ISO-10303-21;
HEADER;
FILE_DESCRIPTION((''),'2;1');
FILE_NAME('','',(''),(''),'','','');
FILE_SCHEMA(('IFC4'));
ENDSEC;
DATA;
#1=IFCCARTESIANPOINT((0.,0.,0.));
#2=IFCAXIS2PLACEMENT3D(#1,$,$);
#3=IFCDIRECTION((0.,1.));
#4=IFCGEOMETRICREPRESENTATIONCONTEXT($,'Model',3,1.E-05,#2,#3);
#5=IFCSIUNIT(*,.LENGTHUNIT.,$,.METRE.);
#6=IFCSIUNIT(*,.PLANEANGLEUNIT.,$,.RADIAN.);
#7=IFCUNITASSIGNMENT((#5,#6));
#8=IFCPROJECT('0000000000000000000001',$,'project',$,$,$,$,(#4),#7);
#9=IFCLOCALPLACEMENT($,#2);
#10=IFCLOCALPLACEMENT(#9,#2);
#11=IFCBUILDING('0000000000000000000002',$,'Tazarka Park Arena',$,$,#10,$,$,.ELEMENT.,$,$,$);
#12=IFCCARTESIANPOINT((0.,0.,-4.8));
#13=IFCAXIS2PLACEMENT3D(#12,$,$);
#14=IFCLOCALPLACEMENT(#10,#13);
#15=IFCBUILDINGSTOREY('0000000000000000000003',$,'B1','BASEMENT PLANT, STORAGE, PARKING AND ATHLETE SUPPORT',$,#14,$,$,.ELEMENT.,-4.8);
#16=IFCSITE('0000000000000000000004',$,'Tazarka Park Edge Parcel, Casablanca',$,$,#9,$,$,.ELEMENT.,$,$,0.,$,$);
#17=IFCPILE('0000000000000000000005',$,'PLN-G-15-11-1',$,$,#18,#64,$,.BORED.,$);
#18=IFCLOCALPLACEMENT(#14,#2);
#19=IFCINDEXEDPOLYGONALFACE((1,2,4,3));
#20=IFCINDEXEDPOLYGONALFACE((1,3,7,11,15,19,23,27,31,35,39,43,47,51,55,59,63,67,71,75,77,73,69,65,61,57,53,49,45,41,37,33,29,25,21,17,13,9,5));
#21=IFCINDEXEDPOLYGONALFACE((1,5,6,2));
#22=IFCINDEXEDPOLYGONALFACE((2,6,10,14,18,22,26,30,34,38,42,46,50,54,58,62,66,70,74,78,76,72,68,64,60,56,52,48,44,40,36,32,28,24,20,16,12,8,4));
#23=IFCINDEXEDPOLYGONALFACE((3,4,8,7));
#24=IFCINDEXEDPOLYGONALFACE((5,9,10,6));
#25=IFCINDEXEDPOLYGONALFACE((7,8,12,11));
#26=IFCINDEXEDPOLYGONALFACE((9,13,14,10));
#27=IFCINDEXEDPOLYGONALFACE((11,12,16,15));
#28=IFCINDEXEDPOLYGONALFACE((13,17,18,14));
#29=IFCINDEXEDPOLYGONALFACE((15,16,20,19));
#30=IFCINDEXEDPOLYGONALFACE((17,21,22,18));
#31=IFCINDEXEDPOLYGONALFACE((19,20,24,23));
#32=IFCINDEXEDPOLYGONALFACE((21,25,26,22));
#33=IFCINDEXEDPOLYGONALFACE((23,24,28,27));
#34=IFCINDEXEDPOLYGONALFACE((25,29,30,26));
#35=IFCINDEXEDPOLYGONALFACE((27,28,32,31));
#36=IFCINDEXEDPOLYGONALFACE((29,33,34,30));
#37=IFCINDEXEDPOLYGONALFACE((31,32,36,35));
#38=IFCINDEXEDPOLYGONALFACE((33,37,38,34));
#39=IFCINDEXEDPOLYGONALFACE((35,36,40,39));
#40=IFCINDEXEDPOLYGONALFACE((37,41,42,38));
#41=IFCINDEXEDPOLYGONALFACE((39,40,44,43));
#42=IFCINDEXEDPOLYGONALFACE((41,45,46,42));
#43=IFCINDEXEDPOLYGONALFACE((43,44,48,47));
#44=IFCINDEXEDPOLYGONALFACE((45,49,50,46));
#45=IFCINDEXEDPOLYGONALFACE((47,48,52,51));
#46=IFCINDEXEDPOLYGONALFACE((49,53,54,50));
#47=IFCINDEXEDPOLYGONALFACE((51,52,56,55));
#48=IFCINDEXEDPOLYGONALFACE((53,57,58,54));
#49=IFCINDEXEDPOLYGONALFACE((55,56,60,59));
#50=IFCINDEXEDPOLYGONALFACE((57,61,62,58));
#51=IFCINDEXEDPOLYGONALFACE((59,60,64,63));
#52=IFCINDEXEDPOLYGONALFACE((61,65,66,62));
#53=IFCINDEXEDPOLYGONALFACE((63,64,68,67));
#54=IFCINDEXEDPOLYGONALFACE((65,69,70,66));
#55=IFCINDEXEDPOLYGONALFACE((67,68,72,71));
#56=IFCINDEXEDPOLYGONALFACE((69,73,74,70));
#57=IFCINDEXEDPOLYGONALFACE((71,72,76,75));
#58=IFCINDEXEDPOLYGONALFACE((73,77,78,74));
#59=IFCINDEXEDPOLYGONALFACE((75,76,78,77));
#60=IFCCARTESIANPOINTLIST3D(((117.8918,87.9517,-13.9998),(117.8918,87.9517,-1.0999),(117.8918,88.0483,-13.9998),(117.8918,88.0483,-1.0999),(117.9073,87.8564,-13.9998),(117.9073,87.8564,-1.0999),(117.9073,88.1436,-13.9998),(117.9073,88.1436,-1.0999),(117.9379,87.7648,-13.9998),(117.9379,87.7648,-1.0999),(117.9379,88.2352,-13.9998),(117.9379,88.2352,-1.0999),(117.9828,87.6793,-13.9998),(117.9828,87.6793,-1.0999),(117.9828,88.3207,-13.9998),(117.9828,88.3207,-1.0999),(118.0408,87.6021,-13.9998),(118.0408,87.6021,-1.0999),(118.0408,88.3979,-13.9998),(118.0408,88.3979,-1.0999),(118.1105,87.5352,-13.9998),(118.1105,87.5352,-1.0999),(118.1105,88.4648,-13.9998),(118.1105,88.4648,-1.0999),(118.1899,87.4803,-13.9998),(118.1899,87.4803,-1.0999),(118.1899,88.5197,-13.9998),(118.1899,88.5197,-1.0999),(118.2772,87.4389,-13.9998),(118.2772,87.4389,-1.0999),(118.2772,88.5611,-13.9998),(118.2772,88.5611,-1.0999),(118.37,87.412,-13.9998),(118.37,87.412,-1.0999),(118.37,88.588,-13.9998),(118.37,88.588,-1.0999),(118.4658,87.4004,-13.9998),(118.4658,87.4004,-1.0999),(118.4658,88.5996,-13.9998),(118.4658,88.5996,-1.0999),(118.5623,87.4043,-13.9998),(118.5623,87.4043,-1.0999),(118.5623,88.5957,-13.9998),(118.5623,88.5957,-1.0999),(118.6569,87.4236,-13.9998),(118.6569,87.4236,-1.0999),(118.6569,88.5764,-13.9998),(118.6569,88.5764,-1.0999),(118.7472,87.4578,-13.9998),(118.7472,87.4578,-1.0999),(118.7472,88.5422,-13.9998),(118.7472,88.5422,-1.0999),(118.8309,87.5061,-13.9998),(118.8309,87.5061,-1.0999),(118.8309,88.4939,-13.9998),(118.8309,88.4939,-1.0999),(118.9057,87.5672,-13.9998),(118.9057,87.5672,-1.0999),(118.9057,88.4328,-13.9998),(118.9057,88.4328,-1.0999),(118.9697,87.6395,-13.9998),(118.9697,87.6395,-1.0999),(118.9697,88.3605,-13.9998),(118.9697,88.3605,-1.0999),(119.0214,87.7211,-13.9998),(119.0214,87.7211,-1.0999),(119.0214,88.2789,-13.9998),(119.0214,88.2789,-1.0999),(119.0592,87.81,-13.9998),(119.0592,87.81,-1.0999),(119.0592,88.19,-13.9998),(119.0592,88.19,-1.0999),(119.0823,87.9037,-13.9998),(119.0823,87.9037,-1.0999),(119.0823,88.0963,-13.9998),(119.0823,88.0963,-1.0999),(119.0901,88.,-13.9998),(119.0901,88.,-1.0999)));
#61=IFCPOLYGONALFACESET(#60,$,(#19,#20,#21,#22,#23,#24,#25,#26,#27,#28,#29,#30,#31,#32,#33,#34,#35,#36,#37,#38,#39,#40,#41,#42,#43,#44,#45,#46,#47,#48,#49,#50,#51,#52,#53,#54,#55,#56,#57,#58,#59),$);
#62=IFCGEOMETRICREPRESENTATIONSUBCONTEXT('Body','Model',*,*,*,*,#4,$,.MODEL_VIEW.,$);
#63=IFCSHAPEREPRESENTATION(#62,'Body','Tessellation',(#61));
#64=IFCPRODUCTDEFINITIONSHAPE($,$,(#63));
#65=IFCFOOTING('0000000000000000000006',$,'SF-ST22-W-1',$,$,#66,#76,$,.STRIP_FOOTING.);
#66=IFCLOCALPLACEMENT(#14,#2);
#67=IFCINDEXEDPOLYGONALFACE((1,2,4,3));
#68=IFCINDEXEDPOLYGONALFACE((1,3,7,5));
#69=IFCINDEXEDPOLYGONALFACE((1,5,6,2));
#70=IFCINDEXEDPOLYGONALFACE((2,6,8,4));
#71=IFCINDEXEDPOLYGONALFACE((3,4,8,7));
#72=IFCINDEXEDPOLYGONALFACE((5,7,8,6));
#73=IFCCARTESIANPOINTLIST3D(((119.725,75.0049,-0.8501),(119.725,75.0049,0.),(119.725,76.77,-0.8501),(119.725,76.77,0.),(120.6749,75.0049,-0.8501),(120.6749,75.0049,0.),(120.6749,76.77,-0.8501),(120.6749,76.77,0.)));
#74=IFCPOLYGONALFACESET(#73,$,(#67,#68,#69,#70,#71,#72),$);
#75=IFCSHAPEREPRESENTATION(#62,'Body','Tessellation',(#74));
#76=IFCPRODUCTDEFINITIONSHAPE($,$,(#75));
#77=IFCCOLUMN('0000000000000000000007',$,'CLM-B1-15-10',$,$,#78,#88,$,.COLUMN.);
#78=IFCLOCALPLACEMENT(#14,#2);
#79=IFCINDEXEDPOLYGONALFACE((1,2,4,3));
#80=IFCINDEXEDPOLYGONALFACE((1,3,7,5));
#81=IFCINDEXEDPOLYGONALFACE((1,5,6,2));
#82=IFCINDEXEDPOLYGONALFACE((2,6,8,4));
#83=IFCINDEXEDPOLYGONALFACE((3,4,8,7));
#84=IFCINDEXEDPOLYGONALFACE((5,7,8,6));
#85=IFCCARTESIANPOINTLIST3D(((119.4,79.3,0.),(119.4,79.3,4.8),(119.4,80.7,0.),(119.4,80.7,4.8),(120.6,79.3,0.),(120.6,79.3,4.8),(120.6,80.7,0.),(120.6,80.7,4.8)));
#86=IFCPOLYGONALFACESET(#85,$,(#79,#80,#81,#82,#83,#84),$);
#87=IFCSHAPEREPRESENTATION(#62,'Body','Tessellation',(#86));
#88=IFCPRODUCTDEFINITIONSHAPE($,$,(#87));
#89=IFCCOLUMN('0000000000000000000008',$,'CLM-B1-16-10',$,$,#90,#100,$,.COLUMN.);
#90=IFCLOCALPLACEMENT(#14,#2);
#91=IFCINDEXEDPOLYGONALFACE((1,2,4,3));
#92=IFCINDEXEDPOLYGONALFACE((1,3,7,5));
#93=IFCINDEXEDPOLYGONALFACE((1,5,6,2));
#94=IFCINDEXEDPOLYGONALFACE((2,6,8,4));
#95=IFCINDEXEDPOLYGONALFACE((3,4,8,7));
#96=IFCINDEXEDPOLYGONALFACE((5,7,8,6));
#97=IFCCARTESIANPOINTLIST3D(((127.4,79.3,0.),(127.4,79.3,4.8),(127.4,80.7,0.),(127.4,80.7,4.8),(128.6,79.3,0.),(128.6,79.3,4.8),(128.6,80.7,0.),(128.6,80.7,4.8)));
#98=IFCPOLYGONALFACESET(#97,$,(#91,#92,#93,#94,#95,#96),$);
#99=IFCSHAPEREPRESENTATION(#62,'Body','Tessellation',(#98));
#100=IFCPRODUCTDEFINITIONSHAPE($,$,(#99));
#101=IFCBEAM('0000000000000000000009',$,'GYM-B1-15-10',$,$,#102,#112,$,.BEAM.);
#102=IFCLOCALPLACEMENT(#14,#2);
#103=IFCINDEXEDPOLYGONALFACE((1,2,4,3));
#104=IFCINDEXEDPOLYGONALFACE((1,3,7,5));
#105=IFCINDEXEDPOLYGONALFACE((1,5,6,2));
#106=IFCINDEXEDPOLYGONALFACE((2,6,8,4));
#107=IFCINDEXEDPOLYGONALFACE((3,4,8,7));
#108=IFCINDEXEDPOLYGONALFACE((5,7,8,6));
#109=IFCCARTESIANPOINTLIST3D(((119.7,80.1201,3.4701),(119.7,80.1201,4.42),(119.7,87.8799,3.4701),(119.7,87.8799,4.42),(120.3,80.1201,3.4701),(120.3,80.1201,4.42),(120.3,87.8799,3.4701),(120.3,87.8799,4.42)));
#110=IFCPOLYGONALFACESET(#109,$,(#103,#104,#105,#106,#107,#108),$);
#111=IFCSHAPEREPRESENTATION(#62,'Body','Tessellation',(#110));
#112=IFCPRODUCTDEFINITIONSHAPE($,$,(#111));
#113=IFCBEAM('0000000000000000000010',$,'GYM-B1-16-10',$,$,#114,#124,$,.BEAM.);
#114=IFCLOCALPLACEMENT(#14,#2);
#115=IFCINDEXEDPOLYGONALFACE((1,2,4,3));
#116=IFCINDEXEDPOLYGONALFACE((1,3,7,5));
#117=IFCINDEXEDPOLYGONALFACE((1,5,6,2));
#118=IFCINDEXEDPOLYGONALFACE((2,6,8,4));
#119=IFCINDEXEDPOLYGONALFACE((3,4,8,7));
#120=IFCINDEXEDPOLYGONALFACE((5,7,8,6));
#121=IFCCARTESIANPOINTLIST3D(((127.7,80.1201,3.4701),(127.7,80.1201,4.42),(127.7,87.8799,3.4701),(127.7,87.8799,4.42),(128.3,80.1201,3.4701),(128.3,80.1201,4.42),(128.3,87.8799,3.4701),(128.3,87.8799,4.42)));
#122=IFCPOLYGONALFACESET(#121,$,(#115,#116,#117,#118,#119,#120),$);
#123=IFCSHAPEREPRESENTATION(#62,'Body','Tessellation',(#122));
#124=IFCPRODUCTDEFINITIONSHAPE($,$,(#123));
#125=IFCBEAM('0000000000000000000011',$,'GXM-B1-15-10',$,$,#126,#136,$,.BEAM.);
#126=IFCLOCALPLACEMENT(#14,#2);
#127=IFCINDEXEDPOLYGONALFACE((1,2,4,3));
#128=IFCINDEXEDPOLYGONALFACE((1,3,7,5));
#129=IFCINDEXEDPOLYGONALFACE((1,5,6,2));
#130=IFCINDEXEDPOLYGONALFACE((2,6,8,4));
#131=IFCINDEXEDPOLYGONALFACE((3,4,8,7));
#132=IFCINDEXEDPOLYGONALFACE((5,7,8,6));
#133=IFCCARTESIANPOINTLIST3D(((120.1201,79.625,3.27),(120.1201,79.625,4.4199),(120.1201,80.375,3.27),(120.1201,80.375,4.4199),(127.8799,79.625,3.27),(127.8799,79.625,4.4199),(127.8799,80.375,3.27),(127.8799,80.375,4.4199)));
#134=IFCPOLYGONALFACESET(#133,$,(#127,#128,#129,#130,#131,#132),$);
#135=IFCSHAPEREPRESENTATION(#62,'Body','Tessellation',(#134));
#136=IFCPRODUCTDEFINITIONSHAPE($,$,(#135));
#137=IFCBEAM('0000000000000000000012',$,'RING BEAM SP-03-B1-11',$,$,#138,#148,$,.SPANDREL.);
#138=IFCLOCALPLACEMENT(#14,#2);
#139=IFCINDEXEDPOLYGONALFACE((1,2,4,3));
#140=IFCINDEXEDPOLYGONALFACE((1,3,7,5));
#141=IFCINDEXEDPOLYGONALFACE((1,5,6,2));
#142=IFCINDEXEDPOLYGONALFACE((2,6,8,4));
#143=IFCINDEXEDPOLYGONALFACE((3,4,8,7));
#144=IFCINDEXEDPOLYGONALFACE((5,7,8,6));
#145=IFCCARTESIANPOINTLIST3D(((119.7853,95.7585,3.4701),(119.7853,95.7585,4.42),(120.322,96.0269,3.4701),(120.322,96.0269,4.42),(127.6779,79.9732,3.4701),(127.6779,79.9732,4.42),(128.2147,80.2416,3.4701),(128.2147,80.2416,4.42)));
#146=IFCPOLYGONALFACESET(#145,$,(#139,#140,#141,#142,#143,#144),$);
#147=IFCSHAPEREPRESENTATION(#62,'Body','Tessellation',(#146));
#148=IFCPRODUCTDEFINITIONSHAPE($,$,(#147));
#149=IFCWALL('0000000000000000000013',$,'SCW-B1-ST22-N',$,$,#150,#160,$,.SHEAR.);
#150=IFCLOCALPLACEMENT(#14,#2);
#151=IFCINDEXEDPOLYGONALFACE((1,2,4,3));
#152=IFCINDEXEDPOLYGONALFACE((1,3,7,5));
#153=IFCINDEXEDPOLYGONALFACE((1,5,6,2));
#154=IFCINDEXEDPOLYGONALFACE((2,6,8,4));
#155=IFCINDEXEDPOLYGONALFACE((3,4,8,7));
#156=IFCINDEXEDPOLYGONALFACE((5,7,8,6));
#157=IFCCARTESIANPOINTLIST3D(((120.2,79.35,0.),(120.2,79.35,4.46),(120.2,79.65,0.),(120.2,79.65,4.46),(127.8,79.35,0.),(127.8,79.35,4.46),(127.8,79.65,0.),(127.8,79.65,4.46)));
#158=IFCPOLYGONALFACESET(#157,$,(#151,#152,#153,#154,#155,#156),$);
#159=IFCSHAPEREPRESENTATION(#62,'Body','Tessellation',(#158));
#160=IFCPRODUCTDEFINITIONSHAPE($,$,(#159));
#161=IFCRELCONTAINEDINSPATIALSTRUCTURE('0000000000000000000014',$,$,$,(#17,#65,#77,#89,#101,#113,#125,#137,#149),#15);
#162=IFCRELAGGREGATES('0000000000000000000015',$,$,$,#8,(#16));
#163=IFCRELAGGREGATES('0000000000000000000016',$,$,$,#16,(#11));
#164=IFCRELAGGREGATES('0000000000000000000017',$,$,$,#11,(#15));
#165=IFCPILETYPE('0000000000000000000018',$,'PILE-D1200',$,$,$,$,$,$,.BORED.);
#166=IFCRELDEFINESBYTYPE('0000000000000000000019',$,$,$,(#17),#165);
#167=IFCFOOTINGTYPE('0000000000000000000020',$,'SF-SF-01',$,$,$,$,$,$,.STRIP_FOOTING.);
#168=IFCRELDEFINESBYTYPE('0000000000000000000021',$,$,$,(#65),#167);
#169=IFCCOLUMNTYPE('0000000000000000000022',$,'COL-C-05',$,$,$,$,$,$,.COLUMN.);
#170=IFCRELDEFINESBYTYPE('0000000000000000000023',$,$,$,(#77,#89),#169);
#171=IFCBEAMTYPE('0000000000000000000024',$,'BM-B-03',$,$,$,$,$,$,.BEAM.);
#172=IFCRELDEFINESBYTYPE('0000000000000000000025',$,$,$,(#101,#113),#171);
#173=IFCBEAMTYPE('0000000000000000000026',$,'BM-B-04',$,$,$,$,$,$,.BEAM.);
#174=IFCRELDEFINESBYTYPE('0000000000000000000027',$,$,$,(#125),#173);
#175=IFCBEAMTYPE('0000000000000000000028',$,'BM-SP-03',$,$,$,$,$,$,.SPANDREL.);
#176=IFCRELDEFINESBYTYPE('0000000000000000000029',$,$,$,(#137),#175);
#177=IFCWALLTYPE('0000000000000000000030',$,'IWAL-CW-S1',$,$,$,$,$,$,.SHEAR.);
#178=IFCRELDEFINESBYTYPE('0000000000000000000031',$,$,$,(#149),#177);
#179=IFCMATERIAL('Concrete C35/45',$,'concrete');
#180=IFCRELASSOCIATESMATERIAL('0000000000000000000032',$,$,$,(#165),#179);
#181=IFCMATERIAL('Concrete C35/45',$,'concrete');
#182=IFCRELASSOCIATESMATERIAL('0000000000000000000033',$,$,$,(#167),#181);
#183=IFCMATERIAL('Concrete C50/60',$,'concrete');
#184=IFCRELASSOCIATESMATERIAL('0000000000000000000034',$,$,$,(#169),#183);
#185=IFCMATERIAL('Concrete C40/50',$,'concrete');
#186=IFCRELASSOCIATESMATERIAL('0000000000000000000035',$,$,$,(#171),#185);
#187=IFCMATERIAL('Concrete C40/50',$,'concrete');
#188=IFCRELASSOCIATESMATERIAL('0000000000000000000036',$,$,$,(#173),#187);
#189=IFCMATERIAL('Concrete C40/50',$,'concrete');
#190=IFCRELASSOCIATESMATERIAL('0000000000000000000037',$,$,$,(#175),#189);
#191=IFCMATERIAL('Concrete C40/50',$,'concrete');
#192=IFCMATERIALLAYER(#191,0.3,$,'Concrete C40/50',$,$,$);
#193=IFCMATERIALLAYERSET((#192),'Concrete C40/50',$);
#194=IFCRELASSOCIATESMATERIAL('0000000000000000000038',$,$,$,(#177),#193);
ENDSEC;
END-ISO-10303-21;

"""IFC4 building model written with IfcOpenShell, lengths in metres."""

from ifc_helpers import new_model, si_unit, direction, frame, frame_2d, origin, origin_2d, place, context, subcontext, project, spatial, rectangle, circle, extrude, material, layer, layer_set, material_profile, profile_set, type_object, element, save


model = new_model("IFC4")

# Units and contexts
model_context = context("Model", 3, precision=1e-05, world=origin(), true_north=direction((0.0, 1.0)))
body_context = subcontext(model_context, "Body", "Model", "MODEL_VIEW")
ifc_project = project(units=[si_unit("LENGTHUNIT", "METRE"), si_unit("PLANEANGLEUNIT", "RADIAN")], contexts=[model_context])

# Site, building, storey
site_placement = place(None, origin())
site = spatial("IfcSite", under=ifc_project, at=site_placement, Name="Tazarka Park Edge Parcel, Casablanca", CompositionType="ELEMENT", RefElevation=0.0)
building_placement = place(site_placement, origin())
building = spatial("IfcBuilding", under=site, at=building_placement, Name="Tazarka Park Arena", CompositionType="ELEMENT")
storey_placement = place(building_placement, frame((0.0, 0.0, -4.8)))
storey = spatial("IfcBuildingStorey", under=building, at=storey_placement, Name="B1", Description="BASEMENT PLANT, STORAGE, PARKING AND ATHLETE SUPPORT", CompositionType="ELEMENT", Elevation=-4.8)

# Pile
ifc_material_1 = material(Name="Concrete C35/45", Category="concrete")
ifc_material_profile_1 = material_profile(ifc_material_1, circle(Radius=0.6001, at=origin_2d()), Name="Concrete C35/45")
ifc_profile_set_1 = profile_set([ifc_material_profile_1], Name="Concrete C35/45")
pile_type_1 = type_object("IfcPileType", Name="PILE-D1200", PredefinedType="BORED", material=ifc_profile_set_1)
pile_placement = place(storey_placement, frame((118.49, 88.0, -1.0999), z_axis=(0.0, 0.0, -1.0), x_axis=(1.0, 0.0, 0.0)))
element("IfcPile", 1, at=pile_placement, inside=storey, type_object=pile_type_1, Name="PLN-G-15-11-1", PredefinedType="BORED", context=body_context, shape_type="SweptSolid", body=[
    extrude(circle(Radius=0.6001, at=origin_2d()), origin(), (0.0, 0.0, 1.0), 12.8999),
])

# Footing
ifc_material_2 = material(Name="Concrete C35/45", Category="concrete")
ifc_material_profile_2 = material_profile(ifc_material_2, rectangle(XDim=0.95, YDim=0.8501, at=origin_2d()), Name="Concrete C35/45")
ifc_profile_set_2 = profile_set([ifc_material_profile_2], Name="Concrete C35/45")
footing_type_1 = type_object("IfcFootingType", Name="SF-SF-01", PredefinedType="STRIP_FOOTING", material=ifc_profile_set_2)
footing_1_placement = place(storey_placement, frame((120.2, 75.0049, -0.425), z_axis=(0.0, 1.0, 0.0), x_axis=(-1.0, 0.0, 0.0)))
element("IfcFooting", 2, at=footing_1_placement, inside=storey, type_object=footing_type_1, Name="SF-ST22-W-1", PredefinedType="STRIP_FOOTING", context=body_context, shape_type="SweptSolid", body=[
    extrude(rectangle(XDim=0.95, YDim=0.8501, at=origin_2d()), origin(), (0.0, 0.0, 1.0), 1.7651),
])

# Columns
ifc_material_3 = material(Name="Concrete C50/60", Category="concrete")
ifc_material_profile_3 = material_profile(ifc_material_3, rectangle(XDim=1.2, YDim=1.3999, at=origin_2d()), Name="Concrete C50/60")
ifc_profile_set_3 = profile_set([ifc_material_profile_3], Name="Concrete C50/60")
column_type = type_object("IfcColumnType", Name="COL-C-05", PredefinedType="COLUMN", material=ifc_profile_set_3)
for number, where, z_axis, x_axis, name in (
    (3, (120.0, 80.0, 0.0), (0.0, 0.0, 1.0), (1.0, 0.0, 0.0), "CLM-B1-15-10"),
    (4, (128.0, 80.0, 0.0), (0.0, 0.0, 1.0), (1.0, 0.0, 0.0), "CLM-B1-16-10"),
):
    element("IfcColumn", number, at=place(storey_placement, frame(where, z_axis=z_axis, x_axis=x_axis)), inside=storey, type_object=column_type, Name=name, PredefinedType="COLUMN", context=body_context, shape_type="SweptSolid", body=[
        extrude(rectangle(XDim=1.2, YDim=1.3999, at=origin_2d()), origin(), (0.0, 0.0, 1.0), 4.8),
    ])

# Beams
ifc_material_4 = material(Name="Concrete C40/50", Category="concrete")
ifc_material_profile_4 = material_profile(ifc_material_4, rectangle(XDim=0.6001, YDim=0.95, at=origin_2d()), Name="Concrete C40/50")
ifc_profile_set_4 = profile_set([ifc_material_profile_4], Name="Concrete C40/50")
beam_type_1 = type_object("IfcBeamType", Name="BM-B-03", PredefinedType="BEAM", material=ifc_profile_set_4)
for number, where, z_axis, x_axis, name in (
    (5, (120.0, 80.1201, 3.9451), (0.0, 1.0, 0.0), (-1.0, 0.0, 0.0), "GYM-B1-15-10"),
    (6, (128.0, 80.1201, 3.9451), (0.0, 1.0, 0.0), (-1.0, 0.0, 0.0), "GYM-B1-16-10"),
):
    element("IfcBeam", number, at=place(storey_placement, frame(where, z_axis=z_axis, x_axis=x_axis)), inside=storey, type_object=beam_type_1, Name=name, PredefinedType="BEAM", context=body_context, shape_type="SweptSolid", body=[
        extrude(rectangle(XDim=0.6001, YDim=0.95, at=origin_2d()), origin(), (0.0, 0.0, 1.0), 7.7598),
    ])
ifc_material_5 = material(Name="Concrete C40/50", Category="concrete")
ifc_material_profile_5 = material_profile(ifc_material_5, rectangle(XDim=0.75, YDim=1.1499, at=origin_2d()), Name="Concrete C40/50")
ifc_profile_set_5 = profile_set([ifc_material_profile_5], Name="Concrete C40/50")
beam_type_2 = type_object("IfcBeamType", Name="BM-B-04", PredefinedType="BEAM", material=ifc_profile_set_5)
beam_1_placement = place(storey_placement, frame((120.1201, 80.0, 3.845), z_axis=(1.0, 0.0, 0.0), x_axis=(0.0, 1.0, 0.0)))
element("IfcBeam", 7, at=beam_1_placement, inside=storey, type_object=beam_type_2, Name="GXM-B1-15-10", PredefinedType="BEAM", context=body_context, shape_type="SweptSolid", body=[
    extrude(rectangle(XDim=0.75, YDim=1.1499, at=origin_2d()), origin(), (0.0, 0.0, 1.0), 7.7598),
])
ifc_material_6 = material(Name="Concrete C40/50", Category="concrete")
ifc_material_profile_6 = material_profile(ifc_material_6, rectangle(XDim=0.6001, YDim=0.95, at=origin_2d()), Name="Concrete C40/50")
ifc_profile_set_6 = profile_set([ifc_material_profile_6], Name="Concrete C40/50")
beam_type_3 = type_object("IfcBeamType", Name="BM-SP-03", PredefinedType="SPANDREL", material=ifc_profile_set_6)
beam_2_placement = place(storey_placement, frame((127.9463, 80.1074, 3.9451), z_axis=(-0.447214, 0.894427, 0.0), x_axis=(-0.894427, -0.447214, 0.0)))
element("IfcBeam", 8, at=beam_2_placement, inside=storey, type_object=beam_type_3, Name="RING BEAM SP-03-B1-11", PredefinedType="SPANDREL", context=body_context, shape_type="SweptSolid", body=[
    extrude(rectangle(XDim=0.6001, YDim=0.95, at=origin_2d()), origin(), (0.0, 0.0, 1.0), 17.6484),
])

# Wall
ifc_material_7 = material(Name="Concrete C40/50", Category="concrete")
ifc_layer = layer(ifc_material_7, 0.3, Name="Concrete C40/50")
ifc_layer_set = layer_set([ifc_layer], Name="Concrete C40/50")
wall_type = type_object("IfcWallType", Name="IWAL-CW-S1", PredefinedType="SHEAR", material=ifc_layer_set)
wall_1_placement = place(storey_placement, frame((120.2, 79.5, 0.0), z_axis=(0.0, 0.0, 1.0), x_axis=(1.0, 0.0, 0.0)))
element("IfcWall", 9, at=wall_1_placement, inside=storey, type_object=wall_type, Name="SCW-B1-ST22-N", PredefinedType="SHEAR", context=body_context, shape_type="SweptSolid", body=[
    extrude(rectangle(XDim=7.6001, YDim=0.3, at=frame_2d((3.8, 0.0))), origin(), (0.0, 0.0, 1.0), 4.46),
])

save(model, "model.ifc")
